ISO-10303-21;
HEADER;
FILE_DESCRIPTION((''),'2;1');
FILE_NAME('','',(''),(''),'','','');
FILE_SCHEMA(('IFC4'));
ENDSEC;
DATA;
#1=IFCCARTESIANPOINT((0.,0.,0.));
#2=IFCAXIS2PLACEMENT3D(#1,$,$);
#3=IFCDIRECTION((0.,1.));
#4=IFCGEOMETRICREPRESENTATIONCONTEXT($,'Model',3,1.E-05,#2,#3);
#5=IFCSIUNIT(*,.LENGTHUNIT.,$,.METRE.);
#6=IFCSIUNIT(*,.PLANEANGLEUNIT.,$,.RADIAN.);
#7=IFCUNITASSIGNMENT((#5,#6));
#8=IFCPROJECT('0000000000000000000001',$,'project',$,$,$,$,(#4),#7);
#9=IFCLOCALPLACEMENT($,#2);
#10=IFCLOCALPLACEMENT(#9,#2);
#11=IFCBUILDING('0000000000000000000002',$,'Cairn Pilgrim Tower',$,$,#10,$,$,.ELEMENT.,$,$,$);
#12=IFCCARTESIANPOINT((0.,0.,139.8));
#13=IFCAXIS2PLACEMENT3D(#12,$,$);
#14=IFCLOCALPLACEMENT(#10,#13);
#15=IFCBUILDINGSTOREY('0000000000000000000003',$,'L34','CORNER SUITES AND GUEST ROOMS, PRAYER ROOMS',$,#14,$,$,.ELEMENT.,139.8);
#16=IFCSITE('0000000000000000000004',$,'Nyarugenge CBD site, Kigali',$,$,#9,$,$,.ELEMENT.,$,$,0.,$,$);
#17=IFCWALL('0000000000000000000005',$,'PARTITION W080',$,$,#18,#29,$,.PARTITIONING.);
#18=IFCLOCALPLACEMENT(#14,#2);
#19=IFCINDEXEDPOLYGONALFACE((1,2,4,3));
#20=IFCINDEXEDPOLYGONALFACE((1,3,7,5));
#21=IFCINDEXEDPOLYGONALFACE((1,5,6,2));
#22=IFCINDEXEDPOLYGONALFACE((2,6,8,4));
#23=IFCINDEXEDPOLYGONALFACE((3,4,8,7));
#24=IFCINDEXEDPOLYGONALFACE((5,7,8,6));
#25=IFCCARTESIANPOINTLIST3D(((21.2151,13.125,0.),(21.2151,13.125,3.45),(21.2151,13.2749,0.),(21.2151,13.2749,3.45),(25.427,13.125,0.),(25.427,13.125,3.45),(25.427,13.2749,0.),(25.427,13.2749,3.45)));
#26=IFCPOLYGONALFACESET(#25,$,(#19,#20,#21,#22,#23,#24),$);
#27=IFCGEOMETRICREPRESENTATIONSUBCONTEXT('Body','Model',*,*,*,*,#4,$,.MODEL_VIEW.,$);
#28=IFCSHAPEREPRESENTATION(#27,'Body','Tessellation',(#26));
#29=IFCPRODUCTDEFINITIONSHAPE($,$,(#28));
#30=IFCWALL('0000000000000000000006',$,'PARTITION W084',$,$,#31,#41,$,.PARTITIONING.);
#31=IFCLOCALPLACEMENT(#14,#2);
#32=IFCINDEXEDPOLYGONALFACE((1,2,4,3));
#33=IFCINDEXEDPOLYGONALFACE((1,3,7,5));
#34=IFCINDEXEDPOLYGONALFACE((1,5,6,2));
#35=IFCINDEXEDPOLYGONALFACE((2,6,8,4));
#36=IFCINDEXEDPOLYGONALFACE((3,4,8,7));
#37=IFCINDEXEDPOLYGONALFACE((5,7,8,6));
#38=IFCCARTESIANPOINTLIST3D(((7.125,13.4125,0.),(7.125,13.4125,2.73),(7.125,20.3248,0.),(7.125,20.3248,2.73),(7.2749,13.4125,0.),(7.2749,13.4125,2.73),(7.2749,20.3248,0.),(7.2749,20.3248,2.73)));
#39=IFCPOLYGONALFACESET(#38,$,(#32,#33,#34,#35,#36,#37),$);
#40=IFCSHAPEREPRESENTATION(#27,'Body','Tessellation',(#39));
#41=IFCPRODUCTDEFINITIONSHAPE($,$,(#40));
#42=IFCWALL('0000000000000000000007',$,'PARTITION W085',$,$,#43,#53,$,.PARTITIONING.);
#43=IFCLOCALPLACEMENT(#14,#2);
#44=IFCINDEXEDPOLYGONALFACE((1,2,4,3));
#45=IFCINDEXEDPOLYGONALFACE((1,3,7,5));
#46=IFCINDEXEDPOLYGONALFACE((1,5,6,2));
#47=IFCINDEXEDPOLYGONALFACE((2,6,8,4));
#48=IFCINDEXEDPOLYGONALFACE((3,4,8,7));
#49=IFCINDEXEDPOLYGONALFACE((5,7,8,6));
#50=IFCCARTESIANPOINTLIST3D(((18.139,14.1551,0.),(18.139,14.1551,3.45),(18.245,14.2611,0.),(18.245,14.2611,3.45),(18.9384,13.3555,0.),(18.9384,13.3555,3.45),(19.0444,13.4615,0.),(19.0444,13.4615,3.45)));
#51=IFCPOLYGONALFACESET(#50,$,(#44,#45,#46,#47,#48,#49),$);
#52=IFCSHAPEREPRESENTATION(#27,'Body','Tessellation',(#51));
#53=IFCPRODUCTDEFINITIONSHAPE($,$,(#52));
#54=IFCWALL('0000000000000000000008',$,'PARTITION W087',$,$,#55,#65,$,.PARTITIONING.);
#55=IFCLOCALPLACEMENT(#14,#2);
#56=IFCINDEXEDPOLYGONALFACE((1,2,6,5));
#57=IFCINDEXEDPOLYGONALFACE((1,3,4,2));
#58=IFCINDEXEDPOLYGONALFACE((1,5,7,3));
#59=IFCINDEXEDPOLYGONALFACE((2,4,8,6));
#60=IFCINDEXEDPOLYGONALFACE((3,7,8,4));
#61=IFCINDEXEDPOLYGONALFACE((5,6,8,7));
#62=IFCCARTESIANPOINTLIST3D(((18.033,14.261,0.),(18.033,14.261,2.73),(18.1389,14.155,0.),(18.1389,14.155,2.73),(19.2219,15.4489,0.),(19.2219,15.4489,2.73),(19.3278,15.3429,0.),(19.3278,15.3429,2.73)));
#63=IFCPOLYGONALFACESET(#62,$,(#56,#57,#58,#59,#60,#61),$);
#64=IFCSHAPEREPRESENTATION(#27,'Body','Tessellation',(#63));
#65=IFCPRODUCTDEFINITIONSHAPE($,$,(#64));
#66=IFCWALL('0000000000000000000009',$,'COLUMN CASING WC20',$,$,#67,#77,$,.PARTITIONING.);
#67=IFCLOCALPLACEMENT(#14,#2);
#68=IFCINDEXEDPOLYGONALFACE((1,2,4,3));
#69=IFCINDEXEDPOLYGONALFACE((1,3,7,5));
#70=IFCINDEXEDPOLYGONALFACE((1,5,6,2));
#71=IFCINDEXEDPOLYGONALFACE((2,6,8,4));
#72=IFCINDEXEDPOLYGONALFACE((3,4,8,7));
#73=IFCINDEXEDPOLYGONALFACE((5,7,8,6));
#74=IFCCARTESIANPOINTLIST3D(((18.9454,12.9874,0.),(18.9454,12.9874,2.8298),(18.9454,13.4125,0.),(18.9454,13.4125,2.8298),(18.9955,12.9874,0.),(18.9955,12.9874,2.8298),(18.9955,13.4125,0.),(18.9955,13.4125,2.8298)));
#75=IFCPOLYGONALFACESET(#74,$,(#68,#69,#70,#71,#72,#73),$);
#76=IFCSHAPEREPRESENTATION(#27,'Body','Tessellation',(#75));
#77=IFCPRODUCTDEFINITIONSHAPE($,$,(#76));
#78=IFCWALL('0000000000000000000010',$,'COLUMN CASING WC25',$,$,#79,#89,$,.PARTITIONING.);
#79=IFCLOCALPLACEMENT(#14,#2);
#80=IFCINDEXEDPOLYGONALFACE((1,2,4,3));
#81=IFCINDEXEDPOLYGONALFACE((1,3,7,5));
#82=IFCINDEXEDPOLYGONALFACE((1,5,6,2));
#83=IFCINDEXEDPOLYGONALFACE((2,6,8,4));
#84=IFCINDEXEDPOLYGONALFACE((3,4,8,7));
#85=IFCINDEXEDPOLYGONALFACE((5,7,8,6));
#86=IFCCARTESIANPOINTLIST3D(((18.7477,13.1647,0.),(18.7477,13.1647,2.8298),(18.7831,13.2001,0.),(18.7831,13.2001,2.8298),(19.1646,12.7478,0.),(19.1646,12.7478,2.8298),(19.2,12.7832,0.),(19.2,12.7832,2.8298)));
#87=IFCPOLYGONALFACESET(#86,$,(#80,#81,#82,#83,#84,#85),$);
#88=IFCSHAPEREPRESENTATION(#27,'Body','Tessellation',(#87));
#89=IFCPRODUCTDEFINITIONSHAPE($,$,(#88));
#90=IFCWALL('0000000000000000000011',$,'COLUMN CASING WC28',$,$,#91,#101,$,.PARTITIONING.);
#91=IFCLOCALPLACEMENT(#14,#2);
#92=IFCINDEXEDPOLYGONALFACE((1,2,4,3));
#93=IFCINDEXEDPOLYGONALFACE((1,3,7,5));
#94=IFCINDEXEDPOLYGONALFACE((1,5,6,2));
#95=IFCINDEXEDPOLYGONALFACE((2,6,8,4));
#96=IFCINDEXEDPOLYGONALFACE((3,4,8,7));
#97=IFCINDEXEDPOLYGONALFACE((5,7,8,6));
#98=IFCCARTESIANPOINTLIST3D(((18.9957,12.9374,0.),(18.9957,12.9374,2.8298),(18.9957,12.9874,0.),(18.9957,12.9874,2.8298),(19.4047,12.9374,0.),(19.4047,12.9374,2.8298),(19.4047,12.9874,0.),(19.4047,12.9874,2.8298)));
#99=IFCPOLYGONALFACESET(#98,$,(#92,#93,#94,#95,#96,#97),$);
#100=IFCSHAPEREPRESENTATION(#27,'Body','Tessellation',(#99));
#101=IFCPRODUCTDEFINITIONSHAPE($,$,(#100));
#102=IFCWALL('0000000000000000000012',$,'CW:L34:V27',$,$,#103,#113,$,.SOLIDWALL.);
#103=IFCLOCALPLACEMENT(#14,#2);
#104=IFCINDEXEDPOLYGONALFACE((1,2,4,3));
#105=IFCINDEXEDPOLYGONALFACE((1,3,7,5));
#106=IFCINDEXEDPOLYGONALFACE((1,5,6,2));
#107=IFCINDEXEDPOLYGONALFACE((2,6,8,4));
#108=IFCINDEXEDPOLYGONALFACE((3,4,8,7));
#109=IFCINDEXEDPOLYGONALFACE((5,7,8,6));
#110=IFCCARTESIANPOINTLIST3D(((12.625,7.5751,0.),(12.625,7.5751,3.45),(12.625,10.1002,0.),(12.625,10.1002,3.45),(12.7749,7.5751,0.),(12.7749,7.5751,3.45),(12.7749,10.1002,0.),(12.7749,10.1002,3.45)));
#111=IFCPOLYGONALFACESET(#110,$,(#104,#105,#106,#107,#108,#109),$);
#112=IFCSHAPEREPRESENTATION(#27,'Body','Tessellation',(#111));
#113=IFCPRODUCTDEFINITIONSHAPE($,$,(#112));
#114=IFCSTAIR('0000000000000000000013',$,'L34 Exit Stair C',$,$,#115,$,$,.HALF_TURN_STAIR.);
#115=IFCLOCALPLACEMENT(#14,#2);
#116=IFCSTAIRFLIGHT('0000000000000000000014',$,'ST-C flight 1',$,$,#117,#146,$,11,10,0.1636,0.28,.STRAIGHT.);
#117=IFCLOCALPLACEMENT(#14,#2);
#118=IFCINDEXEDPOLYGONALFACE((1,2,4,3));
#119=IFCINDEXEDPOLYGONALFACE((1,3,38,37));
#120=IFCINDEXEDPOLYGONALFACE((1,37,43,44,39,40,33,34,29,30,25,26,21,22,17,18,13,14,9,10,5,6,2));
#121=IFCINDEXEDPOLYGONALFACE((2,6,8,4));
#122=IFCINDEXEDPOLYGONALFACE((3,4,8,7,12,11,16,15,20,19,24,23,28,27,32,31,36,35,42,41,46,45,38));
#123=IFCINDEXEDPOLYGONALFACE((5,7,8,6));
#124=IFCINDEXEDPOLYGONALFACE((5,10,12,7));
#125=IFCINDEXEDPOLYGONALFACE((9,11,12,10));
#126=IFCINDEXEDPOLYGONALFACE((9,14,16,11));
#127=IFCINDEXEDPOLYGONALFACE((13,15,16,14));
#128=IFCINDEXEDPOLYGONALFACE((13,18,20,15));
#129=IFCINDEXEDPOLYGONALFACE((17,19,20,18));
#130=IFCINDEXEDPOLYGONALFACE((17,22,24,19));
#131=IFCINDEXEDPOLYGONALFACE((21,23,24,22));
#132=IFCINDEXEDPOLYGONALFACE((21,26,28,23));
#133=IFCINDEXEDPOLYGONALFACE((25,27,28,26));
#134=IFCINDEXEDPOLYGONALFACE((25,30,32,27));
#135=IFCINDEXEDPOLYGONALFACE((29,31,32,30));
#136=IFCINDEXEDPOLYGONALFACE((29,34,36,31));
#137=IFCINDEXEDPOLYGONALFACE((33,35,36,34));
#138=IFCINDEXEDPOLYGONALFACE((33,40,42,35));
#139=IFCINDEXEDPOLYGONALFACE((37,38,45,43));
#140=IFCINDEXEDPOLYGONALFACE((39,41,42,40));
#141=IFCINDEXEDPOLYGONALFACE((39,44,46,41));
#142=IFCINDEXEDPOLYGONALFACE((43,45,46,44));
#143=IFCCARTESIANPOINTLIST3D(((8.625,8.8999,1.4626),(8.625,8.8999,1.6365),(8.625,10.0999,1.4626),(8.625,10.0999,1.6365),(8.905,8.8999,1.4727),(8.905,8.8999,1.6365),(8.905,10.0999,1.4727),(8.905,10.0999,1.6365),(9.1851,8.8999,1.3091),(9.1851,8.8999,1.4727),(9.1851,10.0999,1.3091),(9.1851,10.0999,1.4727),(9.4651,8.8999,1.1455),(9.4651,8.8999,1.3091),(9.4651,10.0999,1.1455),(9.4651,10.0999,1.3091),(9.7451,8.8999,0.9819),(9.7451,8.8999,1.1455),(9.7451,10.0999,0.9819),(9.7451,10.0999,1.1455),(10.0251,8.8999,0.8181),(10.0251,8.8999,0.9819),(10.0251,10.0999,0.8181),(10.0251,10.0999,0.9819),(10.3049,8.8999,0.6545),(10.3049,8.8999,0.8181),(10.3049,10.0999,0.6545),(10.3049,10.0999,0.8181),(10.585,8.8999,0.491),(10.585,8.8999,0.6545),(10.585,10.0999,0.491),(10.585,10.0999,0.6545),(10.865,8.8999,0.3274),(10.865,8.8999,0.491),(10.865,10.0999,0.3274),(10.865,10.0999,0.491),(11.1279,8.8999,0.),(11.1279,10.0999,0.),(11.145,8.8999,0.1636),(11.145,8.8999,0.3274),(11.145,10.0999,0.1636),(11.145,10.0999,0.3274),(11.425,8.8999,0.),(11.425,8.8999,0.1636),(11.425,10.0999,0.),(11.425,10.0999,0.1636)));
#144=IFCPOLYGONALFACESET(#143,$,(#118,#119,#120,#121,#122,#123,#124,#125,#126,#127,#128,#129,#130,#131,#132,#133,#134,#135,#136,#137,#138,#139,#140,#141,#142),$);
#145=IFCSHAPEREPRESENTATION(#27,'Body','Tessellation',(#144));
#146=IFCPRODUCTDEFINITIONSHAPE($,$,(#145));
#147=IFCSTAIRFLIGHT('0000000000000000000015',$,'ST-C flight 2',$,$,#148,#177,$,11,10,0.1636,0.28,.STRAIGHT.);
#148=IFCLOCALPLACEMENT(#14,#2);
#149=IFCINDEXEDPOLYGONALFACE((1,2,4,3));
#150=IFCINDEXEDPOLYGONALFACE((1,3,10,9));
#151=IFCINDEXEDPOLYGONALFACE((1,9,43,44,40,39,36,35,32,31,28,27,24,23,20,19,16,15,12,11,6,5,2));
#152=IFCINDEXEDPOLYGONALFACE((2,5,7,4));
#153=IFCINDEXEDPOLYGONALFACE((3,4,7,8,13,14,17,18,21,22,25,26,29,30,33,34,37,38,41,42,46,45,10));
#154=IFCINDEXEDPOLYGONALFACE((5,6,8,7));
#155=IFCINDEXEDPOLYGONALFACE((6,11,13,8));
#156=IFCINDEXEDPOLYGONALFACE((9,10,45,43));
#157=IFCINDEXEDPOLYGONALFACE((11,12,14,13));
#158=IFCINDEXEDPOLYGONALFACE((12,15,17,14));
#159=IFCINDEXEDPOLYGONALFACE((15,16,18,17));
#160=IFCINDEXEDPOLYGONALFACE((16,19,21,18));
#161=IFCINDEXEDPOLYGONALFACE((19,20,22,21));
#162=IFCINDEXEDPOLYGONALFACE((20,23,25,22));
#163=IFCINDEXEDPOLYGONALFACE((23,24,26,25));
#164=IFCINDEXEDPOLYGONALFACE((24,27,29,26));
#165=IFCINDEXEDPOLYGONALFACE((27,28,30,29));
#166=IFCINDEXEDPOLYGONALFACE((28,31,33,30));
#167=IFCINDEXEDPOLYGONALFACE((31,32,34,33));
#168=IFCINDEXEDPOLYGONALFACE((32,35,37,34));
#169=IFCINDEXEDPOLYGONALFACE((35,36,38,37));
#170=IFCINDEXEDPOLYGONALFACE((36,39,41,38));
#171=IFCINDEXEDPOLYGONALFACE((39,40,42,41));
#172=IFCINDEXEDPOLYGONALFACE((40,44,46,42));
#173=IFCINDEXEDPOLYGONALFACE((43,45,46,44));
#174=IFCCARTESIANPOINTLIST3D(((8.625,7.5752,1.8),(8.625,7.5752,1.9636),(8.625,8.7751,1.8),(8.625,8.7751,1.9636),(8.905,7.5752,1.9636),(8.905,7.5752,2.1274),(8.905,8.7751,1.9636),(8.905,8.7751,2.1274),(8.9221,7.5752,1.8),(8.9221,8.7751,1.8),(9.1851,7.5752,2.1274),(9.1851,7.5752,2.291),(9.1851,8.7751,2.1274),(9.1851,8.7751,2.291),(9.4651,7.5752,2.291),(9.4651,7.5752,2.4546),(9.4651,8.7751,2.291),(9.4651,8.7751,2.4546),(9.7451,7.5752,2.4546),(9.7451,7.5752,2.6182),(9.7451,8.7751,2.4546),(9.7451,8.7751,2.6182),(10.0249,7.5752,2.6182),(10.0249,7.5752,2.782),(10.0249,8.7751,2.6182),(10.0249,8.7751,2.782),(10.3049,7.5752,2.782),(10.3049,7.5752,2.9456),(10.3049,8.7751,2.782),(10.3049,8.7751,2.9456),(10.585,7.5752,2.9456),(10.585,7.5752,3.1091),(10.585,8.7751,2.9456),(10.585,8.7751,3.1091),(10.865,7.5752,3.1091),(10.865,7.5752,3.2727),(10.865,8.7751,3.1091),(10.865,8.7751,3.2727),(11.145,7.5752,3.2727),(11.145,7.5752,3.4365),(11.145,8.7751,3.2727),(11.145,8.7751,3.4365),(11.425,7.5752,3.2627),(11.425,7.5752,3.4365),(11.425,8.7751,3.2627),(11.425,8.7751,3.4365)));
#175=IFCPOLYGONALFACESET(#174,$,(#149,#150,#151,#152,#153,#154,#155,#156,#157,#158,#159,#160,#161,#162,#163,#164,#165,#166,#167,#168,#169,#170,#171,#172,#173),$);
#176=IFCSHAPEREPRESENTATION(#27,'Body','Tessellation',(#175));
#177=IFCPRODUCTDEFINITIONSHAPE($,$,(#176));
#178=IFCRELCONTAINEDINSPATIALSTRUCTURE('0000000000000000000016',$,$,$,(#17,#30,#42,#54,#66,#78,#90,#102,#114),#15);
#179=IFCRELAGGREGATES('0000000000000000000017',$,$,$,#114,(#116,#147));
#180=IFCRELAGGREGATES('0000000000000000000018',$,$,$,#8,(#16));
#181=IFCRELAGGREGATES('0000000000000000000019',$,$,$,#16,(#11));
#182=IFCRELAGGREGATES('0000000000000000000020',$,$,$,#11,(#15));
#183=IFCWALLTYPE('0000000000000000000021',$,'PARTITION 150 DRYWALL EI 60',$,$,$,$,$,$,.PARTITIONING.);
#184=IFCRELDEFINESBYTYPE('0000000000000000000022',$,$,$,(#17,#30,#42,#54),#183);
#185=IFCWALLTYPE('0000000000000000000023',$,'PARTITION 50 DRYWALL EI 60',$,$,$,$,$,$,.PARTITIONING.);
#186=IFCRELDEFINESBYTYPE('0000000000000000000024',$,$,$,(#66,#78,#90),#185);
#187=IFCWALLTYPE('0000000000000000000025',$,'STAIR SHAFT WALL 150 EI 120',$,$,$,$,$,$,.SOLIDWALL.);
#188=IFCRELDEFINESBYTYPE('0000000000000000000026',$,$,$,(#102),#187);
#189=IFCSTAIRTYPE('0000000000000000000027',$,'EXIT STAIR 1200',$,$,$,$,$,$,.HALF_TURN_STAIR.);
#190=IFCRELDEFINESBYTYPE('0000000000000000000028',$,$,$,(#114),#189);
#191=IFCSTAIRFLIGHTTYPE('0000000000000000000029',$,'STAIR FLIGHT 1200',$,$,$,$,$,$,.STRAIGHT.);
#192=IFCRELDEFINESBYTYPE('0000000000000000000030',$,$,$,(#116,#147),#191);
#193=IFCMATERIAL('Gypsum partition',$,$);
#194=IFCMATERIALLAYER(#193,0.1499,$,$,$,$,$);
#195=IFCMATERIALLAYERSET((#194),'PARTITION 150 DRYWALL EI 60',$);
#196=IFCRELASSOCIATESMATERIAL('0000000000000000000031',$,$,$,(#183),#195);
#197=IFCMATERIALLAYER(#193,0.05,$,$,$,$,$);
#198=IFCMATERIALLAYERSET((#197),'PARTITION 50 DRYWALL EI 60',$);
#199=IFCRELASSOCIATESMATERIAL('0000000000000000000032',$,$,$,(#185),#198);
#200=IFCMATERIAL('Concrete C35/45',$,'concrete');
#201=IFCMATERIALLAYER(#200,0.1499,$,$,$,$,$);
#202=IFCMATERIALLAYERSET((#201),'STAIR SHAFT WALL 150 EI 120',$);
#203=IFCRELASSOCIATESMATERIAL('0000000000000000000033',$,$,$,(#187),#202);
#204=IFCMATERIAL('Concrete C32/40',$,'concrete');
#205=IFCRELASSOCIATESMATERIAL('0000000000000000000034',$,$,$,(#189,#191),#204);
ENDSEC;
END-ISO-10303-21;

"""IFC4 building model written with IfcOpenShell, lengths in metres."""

from ifc_helpers import new_model, si_unit, direction, frame, frame_2d, origin, place, context, subcontext, project, spatial, polyline, rectangle, outline, extrude, material, layer, layer_set, type_object, element, aggregate, save


model = new_model("IFC4")

# Units and contexts
model_context = context("Model", 3, precision=1e-05, world=origin(), true_north=direction((0.0, 1.0)))
body_context = subcontext(model_context, "Body", "Model", "MODEL_VIEW")
ifc_project = project(units=[si_unit("LENGTHUNIT", "METRE"), si_unit("PLANEANGLEUNIT", "RADIAN")], contexts=[model_context])

# Site, building, storey
site_placement = place(None, origin())
site = spatial("IfcSite", under=ifc_project, at=site_placement, Name="Nyarugenge CBD site, Kigali", CompositionType="ELEMENT", RefElevation=0.0)
building_placement = place(site_placement, origin())
building = spatial("IfcBuilding", under=site, at=building_placement, Name="Cairn Pilgrim Tower", CompositionType="ELEMENT")
storey_placement = place(building_placement, frame((0.0, 0.0, 139.8)))
storey = spatial("IfcBuildingStorey", under=building, at=storey_placement, Name="L34", Description="CORNER SUITES AND GUEST ROOMS, PRAYER ROOMS", CompositionType="ELEMENT", Elevation=139.8)

# Shared definitions
ifc_material_1 = material(Name="Concrete C32/40", Category="concrete")

# Shared definitions
ifc_material_2 = material(Name="Gypsum partition")
ifc_layer_1 = layer(ifc_material_2, 0.1499)
ifc_layer_set_1 = layer_set([ifc_layer_1], Name="PARTITION 150 DRYWALL EI 60")
wall_type_1 = type_object("IfcWallType", Name="PARTITION 150 DRYWALL EI 60", PredefinedType="PARTITIONING", material=ifc_layer_set_1)

# Walls
wall_1_placement = place(storey_placement, frame((21.2151, 13.2, 0.0), z_axis=(0.0, 0.0, 1.0), x_axis=(1.0, 0.0, 0.0)))
element("IfcWall", 1, at=wall_1_placement, inside=storey, type_object=wall_type_1, Name="PARTITION W080", PredefinedType="PARTITIONING", context=body_context, shape_type="SweptSolid", body=[
    extrude(rectangle(XDim=4.2119, YDim=0.1499, at=frame_2d((2.106, 0.0))), origin(), (0.0, 0.0, 1.0), 3.45),
])
wall_2_placement = place(storey_placement, frame((7.2, 13.4126, 0.0), z_axis=(0.0, 0.0, 1.0), x_axis=(0.0, 1.0, 0.0)))
element("IfcWall", 2, at=wall_2_placement, inside=storey, type_object=wall_type_1, Name="PARTITION W084", PredefinedType="PARTITIONING", context=body_context, shape_type="SweptSolid", body=[
    extrude(rectangle(XDim=6.9124, YDim=0.1499, at=frame_2d((3.4561, 0.0))), origin(), (0.0, 0.0, 1.0), 2.73),
])
wall_3_placement = place(storey_placement, frame((18.9915, 13.4084, 0.0), z_axis=(0.0, 0.0, 1.0), x_axis=(-0.706999, 0.707215, 0.0)))
element("IfcWall", 3, at=wall_3_placement, inside=storey, type_object=wall_type_1, Name="PARTITION W085", PredefinedType="PARTITIONING", context=body_context, shape_type="SweptSolid", body=[
    extrude(rectangle(XDim=1.1306, YDim=0.1499, at=frame_2d((0.5654, 0.0))), origin(), (0.0, 0.0, 1.0), 3.45),
])
wall_4_placement = place(storey_placement, frame((18.0859, 14.208, 0.0), z_axis=(0.0, 0.0, 1.0), x_axis=(0.707397, 0.706816, 0.0)))
element("IfcWall", 4, at=wall_4_placement, inside=storey, type_object=wall_type_1, Name="PARTITION W087", PredefinedType="PARTITIONING", context=body_context, shape_type="SweptSolid", body=[
    extrude(rectangle(XDim=1.6807, YDim=0.1499, at=frame_2d((0.8403, 0.0))), origin(), (0.0, 0.0, 1.0), 2.73),
])
ifc_layer_2 = layer(ifc_material_2, 0.05)
ifc_layer_set_2 = layer_set([ifc_layer_2], Name="PARTITION 50 DRYWALL EI 60")
wall_type_2 = type_object("IfcWallType", Name="PARTITION 50 DRYWALL EI 60", PredefinedType="PARTITIONING", material=ifc_layer_set_2)
wall_5_placement = place(storey_placement, frame((18.9705, 12.9875, 0.0), z_axis=(0.0, 0.0, 1.0), x_axis=(0.0, 1.0, 0.0)))
element("IfcWall", 5, at=wall_5_placement, inside=storey, type_object=wall_type_2, Name="COLUMN CASING WC20", PredefinedType="PARTITIONING", context=body_context, shape_type="SweptSolid", body=[
    extrude(rectangle(XDim=0.425, YDim=0.05, at=frame_2d((0.2124, 0.0))), origin(), (0.0, 0.0, 1.0), 2.8298),
])
wall_6_placement = place(storey_placement, frame((19.1824, 12.7654, 0.0), z_axis=(0.0, 0.0, 1.0), x_axis=(-0.707107, 0.707107, 0.0)))
element("IfcWall", 6, at=wall_6_placement, inside=storey, type_object=wall_type_2, Name="COLUMN CASING WC25", PredefinedType="PARTITIONING", context=body_context, shape_type="SweptSolid", body=[
    extrude(rectangle(XDim=0.5896, YDim=0.05, at=frame_2d((0.2949, 0.0))), origin(), (0.0, 0.0, 1.0), 2.8298),
])
wall_7_placement = place(storey_placement, frame((18.9956, 12.9624, 0.0), z_axis=(0.0, 0.0, 1.0), x_axis=(1.0, 0.0, 0.0)))
element("IfcWall", 7, at=wall_7_placement, inside=storey, type_object=wall_type_2, Name="COLUMN CASING WC28", PredefinedType="PARTITIONING", context=body_context, shape_type="SweptSolid", body=[
    extrude(rectangle(XDim=0.4089, YDim=0.05, at=frame_2d((0.2046, 0.0))), origin(), (0.0, 0.0, 1.0), 2.8298),
])
ifc_material_3 = material(Name="Concrete C35/45", Category="concrete")
ifc_layer_3 = layer(ifc_material_3, 0.1499)
ifc_layer_set_3 = layer_set([ifc_layer_3], Name="STAIR SHAFT WALL 150 EI 120")
wall_type_3 = type_object("IfcWallType", Name="STAIR SHAFT WALL 150 EI 120", PredefinedType="SOLIDWALL", material=ifc_layer_set_3)
wall_8_placement = place(storey_placement, frame((12.7, 7.575, 0.0), z_axis=(0.0, 0.0, 1.0), x_axis=(0.0, 1.0, 0.0)))
element("IfcWall", 8, at=wall_8_placement, inside=storey, type_object=wall_type_3, Name="CW:L34:V27", PredefinedType="SOLIDWALL", context=body_context, shape_type="SweptSolid", body=[
    extrude(rectangle(XDim=2.5251, YDim=0.1499, at=frame_2d((1.2627, 0.0))), origin(), (0.0, 0.0, 1.0), 3.45),
])

# Stair, stair flights
stair_type = type_object("IfcStairType", Name="EXIT STAIR 1200", PredefinedType="HALF_TURN_STAIR", material=ifc_material_1)
stair_placement = place(storey_placement, origin())
stair = element("IfcStair", 9, at=stair_placement, inside=storey, type_object=stair_type, Name="L34 Exit Stair C", PredefinedType="HALF_TURN_STAIR")
stair_flight_type = type_object("IfcStairFlightType", Name="STAIR FLIGHT 1200", PredefinedType="STRAIGHT", material=ifc_material_1)
stair_flight_1_placement = place(storey_placement, frame((11.425, 9.5, 0.0), z_axis=(0.0, 0.0, 1.0), x_axis=(-1.0, 0.0, 0.0)))
stair_flight_1 = element("IfcStairFlight", 10, at=stair_flight_1_placement, type_object=stair_flight_type, Name="ST-C flight 1", NumberOfRisers=11, NumberOfTreads=10, PredefinedType="STRAIGHT", RiserHeight=0.1636, TreadLength=0.28, context=body_context, shape_type="SweptSolid", body=[
    extrude(outline(polyline([(0.0, 0.0), (0.0, 0.1636), (0.28, 0.1636), (0.28, 0.3274), (0.5601, 0.3274), (0.5601, 0.491), (0.8401, 0.491), (0.8401, 0.6545), (1.1201, 0.6545), (1.1201, 0.8181), (1.3999, 0.8181), (1.3999, 0.9819), (1.6799, 0.9819), (1.6799, 1.1455), (1.96, 1.1455), (1.96, 1.3091), (2.24, 1.3091), (2.24, 1.4727), (2.52, 1.4727), (2.52, 1.6365), (2.8, 1.6365), (2.8, 1.8), (2.8, 1.4626), (0.2971, 0.0), (0.0, 0.0)])), frame((0.0, 0.6001, 0.0), z_axis=(0.0, -1.0, 0.0), x_axis=(1.0, 0.0, 0.0)), (0.0, 0.0, 1.0), 1.2),
])
stair_flight_2_placement = place(storey_placement, frame((8.625, 8.175, 1.8), z_axis=(0.0, 0.0, 1.0), x_axis=(1.0, 0.0, 0.0)))
stair_flight_2 = element("IfcStairFlight", 11, at=stair_flight_2_placement, type_object=stair_flight_type, Name="ST-C flight 2", NumberOfRisers=11, NumberOfTreads=10, PredefinedType="STRAIGHT", RiserHeight=0.1636, TreadLength=0.28, context=body_context, shape_type="SweptSolid", body=[
    extrude(outline(polyline([(0.0, 0.0), (0.0, 0.1636), (0.28, 0.1636), (0.28, 0.3274), (0.5601, 0.3274), (0.5601, 0.491), (0.8401, 0.491), (0.8401, 0.6545), (1.1201, 0.6545), (1.1201, 0.8181), (1.3999, 0.8181), (1.3999, 0.9819), (1.6799, 0.9819), (1.6799, 1.1455), (1.96, 1.1455), (1.96, 1.3091), (2.24, 1.3091), (2.24, 1.4727), (2.52, 1.4727), (2.52, 1.6365), (2.8, 1.6365), (2.8, 1.8), (2.8, 1.4626), (0.2971, 0.0), (0.0, 0.0)])), frame((0.0, 0.6001, 0.0), z_axis=(0.0, -1.0, 0.0), x_axis=(1.0, 0.0, 0.0)), (0.0, 0.0, 1.0), 1.2),
])
aggregate(stair, [stair_flight_1, stair_flight_2])

save(model, "model.ifc")
